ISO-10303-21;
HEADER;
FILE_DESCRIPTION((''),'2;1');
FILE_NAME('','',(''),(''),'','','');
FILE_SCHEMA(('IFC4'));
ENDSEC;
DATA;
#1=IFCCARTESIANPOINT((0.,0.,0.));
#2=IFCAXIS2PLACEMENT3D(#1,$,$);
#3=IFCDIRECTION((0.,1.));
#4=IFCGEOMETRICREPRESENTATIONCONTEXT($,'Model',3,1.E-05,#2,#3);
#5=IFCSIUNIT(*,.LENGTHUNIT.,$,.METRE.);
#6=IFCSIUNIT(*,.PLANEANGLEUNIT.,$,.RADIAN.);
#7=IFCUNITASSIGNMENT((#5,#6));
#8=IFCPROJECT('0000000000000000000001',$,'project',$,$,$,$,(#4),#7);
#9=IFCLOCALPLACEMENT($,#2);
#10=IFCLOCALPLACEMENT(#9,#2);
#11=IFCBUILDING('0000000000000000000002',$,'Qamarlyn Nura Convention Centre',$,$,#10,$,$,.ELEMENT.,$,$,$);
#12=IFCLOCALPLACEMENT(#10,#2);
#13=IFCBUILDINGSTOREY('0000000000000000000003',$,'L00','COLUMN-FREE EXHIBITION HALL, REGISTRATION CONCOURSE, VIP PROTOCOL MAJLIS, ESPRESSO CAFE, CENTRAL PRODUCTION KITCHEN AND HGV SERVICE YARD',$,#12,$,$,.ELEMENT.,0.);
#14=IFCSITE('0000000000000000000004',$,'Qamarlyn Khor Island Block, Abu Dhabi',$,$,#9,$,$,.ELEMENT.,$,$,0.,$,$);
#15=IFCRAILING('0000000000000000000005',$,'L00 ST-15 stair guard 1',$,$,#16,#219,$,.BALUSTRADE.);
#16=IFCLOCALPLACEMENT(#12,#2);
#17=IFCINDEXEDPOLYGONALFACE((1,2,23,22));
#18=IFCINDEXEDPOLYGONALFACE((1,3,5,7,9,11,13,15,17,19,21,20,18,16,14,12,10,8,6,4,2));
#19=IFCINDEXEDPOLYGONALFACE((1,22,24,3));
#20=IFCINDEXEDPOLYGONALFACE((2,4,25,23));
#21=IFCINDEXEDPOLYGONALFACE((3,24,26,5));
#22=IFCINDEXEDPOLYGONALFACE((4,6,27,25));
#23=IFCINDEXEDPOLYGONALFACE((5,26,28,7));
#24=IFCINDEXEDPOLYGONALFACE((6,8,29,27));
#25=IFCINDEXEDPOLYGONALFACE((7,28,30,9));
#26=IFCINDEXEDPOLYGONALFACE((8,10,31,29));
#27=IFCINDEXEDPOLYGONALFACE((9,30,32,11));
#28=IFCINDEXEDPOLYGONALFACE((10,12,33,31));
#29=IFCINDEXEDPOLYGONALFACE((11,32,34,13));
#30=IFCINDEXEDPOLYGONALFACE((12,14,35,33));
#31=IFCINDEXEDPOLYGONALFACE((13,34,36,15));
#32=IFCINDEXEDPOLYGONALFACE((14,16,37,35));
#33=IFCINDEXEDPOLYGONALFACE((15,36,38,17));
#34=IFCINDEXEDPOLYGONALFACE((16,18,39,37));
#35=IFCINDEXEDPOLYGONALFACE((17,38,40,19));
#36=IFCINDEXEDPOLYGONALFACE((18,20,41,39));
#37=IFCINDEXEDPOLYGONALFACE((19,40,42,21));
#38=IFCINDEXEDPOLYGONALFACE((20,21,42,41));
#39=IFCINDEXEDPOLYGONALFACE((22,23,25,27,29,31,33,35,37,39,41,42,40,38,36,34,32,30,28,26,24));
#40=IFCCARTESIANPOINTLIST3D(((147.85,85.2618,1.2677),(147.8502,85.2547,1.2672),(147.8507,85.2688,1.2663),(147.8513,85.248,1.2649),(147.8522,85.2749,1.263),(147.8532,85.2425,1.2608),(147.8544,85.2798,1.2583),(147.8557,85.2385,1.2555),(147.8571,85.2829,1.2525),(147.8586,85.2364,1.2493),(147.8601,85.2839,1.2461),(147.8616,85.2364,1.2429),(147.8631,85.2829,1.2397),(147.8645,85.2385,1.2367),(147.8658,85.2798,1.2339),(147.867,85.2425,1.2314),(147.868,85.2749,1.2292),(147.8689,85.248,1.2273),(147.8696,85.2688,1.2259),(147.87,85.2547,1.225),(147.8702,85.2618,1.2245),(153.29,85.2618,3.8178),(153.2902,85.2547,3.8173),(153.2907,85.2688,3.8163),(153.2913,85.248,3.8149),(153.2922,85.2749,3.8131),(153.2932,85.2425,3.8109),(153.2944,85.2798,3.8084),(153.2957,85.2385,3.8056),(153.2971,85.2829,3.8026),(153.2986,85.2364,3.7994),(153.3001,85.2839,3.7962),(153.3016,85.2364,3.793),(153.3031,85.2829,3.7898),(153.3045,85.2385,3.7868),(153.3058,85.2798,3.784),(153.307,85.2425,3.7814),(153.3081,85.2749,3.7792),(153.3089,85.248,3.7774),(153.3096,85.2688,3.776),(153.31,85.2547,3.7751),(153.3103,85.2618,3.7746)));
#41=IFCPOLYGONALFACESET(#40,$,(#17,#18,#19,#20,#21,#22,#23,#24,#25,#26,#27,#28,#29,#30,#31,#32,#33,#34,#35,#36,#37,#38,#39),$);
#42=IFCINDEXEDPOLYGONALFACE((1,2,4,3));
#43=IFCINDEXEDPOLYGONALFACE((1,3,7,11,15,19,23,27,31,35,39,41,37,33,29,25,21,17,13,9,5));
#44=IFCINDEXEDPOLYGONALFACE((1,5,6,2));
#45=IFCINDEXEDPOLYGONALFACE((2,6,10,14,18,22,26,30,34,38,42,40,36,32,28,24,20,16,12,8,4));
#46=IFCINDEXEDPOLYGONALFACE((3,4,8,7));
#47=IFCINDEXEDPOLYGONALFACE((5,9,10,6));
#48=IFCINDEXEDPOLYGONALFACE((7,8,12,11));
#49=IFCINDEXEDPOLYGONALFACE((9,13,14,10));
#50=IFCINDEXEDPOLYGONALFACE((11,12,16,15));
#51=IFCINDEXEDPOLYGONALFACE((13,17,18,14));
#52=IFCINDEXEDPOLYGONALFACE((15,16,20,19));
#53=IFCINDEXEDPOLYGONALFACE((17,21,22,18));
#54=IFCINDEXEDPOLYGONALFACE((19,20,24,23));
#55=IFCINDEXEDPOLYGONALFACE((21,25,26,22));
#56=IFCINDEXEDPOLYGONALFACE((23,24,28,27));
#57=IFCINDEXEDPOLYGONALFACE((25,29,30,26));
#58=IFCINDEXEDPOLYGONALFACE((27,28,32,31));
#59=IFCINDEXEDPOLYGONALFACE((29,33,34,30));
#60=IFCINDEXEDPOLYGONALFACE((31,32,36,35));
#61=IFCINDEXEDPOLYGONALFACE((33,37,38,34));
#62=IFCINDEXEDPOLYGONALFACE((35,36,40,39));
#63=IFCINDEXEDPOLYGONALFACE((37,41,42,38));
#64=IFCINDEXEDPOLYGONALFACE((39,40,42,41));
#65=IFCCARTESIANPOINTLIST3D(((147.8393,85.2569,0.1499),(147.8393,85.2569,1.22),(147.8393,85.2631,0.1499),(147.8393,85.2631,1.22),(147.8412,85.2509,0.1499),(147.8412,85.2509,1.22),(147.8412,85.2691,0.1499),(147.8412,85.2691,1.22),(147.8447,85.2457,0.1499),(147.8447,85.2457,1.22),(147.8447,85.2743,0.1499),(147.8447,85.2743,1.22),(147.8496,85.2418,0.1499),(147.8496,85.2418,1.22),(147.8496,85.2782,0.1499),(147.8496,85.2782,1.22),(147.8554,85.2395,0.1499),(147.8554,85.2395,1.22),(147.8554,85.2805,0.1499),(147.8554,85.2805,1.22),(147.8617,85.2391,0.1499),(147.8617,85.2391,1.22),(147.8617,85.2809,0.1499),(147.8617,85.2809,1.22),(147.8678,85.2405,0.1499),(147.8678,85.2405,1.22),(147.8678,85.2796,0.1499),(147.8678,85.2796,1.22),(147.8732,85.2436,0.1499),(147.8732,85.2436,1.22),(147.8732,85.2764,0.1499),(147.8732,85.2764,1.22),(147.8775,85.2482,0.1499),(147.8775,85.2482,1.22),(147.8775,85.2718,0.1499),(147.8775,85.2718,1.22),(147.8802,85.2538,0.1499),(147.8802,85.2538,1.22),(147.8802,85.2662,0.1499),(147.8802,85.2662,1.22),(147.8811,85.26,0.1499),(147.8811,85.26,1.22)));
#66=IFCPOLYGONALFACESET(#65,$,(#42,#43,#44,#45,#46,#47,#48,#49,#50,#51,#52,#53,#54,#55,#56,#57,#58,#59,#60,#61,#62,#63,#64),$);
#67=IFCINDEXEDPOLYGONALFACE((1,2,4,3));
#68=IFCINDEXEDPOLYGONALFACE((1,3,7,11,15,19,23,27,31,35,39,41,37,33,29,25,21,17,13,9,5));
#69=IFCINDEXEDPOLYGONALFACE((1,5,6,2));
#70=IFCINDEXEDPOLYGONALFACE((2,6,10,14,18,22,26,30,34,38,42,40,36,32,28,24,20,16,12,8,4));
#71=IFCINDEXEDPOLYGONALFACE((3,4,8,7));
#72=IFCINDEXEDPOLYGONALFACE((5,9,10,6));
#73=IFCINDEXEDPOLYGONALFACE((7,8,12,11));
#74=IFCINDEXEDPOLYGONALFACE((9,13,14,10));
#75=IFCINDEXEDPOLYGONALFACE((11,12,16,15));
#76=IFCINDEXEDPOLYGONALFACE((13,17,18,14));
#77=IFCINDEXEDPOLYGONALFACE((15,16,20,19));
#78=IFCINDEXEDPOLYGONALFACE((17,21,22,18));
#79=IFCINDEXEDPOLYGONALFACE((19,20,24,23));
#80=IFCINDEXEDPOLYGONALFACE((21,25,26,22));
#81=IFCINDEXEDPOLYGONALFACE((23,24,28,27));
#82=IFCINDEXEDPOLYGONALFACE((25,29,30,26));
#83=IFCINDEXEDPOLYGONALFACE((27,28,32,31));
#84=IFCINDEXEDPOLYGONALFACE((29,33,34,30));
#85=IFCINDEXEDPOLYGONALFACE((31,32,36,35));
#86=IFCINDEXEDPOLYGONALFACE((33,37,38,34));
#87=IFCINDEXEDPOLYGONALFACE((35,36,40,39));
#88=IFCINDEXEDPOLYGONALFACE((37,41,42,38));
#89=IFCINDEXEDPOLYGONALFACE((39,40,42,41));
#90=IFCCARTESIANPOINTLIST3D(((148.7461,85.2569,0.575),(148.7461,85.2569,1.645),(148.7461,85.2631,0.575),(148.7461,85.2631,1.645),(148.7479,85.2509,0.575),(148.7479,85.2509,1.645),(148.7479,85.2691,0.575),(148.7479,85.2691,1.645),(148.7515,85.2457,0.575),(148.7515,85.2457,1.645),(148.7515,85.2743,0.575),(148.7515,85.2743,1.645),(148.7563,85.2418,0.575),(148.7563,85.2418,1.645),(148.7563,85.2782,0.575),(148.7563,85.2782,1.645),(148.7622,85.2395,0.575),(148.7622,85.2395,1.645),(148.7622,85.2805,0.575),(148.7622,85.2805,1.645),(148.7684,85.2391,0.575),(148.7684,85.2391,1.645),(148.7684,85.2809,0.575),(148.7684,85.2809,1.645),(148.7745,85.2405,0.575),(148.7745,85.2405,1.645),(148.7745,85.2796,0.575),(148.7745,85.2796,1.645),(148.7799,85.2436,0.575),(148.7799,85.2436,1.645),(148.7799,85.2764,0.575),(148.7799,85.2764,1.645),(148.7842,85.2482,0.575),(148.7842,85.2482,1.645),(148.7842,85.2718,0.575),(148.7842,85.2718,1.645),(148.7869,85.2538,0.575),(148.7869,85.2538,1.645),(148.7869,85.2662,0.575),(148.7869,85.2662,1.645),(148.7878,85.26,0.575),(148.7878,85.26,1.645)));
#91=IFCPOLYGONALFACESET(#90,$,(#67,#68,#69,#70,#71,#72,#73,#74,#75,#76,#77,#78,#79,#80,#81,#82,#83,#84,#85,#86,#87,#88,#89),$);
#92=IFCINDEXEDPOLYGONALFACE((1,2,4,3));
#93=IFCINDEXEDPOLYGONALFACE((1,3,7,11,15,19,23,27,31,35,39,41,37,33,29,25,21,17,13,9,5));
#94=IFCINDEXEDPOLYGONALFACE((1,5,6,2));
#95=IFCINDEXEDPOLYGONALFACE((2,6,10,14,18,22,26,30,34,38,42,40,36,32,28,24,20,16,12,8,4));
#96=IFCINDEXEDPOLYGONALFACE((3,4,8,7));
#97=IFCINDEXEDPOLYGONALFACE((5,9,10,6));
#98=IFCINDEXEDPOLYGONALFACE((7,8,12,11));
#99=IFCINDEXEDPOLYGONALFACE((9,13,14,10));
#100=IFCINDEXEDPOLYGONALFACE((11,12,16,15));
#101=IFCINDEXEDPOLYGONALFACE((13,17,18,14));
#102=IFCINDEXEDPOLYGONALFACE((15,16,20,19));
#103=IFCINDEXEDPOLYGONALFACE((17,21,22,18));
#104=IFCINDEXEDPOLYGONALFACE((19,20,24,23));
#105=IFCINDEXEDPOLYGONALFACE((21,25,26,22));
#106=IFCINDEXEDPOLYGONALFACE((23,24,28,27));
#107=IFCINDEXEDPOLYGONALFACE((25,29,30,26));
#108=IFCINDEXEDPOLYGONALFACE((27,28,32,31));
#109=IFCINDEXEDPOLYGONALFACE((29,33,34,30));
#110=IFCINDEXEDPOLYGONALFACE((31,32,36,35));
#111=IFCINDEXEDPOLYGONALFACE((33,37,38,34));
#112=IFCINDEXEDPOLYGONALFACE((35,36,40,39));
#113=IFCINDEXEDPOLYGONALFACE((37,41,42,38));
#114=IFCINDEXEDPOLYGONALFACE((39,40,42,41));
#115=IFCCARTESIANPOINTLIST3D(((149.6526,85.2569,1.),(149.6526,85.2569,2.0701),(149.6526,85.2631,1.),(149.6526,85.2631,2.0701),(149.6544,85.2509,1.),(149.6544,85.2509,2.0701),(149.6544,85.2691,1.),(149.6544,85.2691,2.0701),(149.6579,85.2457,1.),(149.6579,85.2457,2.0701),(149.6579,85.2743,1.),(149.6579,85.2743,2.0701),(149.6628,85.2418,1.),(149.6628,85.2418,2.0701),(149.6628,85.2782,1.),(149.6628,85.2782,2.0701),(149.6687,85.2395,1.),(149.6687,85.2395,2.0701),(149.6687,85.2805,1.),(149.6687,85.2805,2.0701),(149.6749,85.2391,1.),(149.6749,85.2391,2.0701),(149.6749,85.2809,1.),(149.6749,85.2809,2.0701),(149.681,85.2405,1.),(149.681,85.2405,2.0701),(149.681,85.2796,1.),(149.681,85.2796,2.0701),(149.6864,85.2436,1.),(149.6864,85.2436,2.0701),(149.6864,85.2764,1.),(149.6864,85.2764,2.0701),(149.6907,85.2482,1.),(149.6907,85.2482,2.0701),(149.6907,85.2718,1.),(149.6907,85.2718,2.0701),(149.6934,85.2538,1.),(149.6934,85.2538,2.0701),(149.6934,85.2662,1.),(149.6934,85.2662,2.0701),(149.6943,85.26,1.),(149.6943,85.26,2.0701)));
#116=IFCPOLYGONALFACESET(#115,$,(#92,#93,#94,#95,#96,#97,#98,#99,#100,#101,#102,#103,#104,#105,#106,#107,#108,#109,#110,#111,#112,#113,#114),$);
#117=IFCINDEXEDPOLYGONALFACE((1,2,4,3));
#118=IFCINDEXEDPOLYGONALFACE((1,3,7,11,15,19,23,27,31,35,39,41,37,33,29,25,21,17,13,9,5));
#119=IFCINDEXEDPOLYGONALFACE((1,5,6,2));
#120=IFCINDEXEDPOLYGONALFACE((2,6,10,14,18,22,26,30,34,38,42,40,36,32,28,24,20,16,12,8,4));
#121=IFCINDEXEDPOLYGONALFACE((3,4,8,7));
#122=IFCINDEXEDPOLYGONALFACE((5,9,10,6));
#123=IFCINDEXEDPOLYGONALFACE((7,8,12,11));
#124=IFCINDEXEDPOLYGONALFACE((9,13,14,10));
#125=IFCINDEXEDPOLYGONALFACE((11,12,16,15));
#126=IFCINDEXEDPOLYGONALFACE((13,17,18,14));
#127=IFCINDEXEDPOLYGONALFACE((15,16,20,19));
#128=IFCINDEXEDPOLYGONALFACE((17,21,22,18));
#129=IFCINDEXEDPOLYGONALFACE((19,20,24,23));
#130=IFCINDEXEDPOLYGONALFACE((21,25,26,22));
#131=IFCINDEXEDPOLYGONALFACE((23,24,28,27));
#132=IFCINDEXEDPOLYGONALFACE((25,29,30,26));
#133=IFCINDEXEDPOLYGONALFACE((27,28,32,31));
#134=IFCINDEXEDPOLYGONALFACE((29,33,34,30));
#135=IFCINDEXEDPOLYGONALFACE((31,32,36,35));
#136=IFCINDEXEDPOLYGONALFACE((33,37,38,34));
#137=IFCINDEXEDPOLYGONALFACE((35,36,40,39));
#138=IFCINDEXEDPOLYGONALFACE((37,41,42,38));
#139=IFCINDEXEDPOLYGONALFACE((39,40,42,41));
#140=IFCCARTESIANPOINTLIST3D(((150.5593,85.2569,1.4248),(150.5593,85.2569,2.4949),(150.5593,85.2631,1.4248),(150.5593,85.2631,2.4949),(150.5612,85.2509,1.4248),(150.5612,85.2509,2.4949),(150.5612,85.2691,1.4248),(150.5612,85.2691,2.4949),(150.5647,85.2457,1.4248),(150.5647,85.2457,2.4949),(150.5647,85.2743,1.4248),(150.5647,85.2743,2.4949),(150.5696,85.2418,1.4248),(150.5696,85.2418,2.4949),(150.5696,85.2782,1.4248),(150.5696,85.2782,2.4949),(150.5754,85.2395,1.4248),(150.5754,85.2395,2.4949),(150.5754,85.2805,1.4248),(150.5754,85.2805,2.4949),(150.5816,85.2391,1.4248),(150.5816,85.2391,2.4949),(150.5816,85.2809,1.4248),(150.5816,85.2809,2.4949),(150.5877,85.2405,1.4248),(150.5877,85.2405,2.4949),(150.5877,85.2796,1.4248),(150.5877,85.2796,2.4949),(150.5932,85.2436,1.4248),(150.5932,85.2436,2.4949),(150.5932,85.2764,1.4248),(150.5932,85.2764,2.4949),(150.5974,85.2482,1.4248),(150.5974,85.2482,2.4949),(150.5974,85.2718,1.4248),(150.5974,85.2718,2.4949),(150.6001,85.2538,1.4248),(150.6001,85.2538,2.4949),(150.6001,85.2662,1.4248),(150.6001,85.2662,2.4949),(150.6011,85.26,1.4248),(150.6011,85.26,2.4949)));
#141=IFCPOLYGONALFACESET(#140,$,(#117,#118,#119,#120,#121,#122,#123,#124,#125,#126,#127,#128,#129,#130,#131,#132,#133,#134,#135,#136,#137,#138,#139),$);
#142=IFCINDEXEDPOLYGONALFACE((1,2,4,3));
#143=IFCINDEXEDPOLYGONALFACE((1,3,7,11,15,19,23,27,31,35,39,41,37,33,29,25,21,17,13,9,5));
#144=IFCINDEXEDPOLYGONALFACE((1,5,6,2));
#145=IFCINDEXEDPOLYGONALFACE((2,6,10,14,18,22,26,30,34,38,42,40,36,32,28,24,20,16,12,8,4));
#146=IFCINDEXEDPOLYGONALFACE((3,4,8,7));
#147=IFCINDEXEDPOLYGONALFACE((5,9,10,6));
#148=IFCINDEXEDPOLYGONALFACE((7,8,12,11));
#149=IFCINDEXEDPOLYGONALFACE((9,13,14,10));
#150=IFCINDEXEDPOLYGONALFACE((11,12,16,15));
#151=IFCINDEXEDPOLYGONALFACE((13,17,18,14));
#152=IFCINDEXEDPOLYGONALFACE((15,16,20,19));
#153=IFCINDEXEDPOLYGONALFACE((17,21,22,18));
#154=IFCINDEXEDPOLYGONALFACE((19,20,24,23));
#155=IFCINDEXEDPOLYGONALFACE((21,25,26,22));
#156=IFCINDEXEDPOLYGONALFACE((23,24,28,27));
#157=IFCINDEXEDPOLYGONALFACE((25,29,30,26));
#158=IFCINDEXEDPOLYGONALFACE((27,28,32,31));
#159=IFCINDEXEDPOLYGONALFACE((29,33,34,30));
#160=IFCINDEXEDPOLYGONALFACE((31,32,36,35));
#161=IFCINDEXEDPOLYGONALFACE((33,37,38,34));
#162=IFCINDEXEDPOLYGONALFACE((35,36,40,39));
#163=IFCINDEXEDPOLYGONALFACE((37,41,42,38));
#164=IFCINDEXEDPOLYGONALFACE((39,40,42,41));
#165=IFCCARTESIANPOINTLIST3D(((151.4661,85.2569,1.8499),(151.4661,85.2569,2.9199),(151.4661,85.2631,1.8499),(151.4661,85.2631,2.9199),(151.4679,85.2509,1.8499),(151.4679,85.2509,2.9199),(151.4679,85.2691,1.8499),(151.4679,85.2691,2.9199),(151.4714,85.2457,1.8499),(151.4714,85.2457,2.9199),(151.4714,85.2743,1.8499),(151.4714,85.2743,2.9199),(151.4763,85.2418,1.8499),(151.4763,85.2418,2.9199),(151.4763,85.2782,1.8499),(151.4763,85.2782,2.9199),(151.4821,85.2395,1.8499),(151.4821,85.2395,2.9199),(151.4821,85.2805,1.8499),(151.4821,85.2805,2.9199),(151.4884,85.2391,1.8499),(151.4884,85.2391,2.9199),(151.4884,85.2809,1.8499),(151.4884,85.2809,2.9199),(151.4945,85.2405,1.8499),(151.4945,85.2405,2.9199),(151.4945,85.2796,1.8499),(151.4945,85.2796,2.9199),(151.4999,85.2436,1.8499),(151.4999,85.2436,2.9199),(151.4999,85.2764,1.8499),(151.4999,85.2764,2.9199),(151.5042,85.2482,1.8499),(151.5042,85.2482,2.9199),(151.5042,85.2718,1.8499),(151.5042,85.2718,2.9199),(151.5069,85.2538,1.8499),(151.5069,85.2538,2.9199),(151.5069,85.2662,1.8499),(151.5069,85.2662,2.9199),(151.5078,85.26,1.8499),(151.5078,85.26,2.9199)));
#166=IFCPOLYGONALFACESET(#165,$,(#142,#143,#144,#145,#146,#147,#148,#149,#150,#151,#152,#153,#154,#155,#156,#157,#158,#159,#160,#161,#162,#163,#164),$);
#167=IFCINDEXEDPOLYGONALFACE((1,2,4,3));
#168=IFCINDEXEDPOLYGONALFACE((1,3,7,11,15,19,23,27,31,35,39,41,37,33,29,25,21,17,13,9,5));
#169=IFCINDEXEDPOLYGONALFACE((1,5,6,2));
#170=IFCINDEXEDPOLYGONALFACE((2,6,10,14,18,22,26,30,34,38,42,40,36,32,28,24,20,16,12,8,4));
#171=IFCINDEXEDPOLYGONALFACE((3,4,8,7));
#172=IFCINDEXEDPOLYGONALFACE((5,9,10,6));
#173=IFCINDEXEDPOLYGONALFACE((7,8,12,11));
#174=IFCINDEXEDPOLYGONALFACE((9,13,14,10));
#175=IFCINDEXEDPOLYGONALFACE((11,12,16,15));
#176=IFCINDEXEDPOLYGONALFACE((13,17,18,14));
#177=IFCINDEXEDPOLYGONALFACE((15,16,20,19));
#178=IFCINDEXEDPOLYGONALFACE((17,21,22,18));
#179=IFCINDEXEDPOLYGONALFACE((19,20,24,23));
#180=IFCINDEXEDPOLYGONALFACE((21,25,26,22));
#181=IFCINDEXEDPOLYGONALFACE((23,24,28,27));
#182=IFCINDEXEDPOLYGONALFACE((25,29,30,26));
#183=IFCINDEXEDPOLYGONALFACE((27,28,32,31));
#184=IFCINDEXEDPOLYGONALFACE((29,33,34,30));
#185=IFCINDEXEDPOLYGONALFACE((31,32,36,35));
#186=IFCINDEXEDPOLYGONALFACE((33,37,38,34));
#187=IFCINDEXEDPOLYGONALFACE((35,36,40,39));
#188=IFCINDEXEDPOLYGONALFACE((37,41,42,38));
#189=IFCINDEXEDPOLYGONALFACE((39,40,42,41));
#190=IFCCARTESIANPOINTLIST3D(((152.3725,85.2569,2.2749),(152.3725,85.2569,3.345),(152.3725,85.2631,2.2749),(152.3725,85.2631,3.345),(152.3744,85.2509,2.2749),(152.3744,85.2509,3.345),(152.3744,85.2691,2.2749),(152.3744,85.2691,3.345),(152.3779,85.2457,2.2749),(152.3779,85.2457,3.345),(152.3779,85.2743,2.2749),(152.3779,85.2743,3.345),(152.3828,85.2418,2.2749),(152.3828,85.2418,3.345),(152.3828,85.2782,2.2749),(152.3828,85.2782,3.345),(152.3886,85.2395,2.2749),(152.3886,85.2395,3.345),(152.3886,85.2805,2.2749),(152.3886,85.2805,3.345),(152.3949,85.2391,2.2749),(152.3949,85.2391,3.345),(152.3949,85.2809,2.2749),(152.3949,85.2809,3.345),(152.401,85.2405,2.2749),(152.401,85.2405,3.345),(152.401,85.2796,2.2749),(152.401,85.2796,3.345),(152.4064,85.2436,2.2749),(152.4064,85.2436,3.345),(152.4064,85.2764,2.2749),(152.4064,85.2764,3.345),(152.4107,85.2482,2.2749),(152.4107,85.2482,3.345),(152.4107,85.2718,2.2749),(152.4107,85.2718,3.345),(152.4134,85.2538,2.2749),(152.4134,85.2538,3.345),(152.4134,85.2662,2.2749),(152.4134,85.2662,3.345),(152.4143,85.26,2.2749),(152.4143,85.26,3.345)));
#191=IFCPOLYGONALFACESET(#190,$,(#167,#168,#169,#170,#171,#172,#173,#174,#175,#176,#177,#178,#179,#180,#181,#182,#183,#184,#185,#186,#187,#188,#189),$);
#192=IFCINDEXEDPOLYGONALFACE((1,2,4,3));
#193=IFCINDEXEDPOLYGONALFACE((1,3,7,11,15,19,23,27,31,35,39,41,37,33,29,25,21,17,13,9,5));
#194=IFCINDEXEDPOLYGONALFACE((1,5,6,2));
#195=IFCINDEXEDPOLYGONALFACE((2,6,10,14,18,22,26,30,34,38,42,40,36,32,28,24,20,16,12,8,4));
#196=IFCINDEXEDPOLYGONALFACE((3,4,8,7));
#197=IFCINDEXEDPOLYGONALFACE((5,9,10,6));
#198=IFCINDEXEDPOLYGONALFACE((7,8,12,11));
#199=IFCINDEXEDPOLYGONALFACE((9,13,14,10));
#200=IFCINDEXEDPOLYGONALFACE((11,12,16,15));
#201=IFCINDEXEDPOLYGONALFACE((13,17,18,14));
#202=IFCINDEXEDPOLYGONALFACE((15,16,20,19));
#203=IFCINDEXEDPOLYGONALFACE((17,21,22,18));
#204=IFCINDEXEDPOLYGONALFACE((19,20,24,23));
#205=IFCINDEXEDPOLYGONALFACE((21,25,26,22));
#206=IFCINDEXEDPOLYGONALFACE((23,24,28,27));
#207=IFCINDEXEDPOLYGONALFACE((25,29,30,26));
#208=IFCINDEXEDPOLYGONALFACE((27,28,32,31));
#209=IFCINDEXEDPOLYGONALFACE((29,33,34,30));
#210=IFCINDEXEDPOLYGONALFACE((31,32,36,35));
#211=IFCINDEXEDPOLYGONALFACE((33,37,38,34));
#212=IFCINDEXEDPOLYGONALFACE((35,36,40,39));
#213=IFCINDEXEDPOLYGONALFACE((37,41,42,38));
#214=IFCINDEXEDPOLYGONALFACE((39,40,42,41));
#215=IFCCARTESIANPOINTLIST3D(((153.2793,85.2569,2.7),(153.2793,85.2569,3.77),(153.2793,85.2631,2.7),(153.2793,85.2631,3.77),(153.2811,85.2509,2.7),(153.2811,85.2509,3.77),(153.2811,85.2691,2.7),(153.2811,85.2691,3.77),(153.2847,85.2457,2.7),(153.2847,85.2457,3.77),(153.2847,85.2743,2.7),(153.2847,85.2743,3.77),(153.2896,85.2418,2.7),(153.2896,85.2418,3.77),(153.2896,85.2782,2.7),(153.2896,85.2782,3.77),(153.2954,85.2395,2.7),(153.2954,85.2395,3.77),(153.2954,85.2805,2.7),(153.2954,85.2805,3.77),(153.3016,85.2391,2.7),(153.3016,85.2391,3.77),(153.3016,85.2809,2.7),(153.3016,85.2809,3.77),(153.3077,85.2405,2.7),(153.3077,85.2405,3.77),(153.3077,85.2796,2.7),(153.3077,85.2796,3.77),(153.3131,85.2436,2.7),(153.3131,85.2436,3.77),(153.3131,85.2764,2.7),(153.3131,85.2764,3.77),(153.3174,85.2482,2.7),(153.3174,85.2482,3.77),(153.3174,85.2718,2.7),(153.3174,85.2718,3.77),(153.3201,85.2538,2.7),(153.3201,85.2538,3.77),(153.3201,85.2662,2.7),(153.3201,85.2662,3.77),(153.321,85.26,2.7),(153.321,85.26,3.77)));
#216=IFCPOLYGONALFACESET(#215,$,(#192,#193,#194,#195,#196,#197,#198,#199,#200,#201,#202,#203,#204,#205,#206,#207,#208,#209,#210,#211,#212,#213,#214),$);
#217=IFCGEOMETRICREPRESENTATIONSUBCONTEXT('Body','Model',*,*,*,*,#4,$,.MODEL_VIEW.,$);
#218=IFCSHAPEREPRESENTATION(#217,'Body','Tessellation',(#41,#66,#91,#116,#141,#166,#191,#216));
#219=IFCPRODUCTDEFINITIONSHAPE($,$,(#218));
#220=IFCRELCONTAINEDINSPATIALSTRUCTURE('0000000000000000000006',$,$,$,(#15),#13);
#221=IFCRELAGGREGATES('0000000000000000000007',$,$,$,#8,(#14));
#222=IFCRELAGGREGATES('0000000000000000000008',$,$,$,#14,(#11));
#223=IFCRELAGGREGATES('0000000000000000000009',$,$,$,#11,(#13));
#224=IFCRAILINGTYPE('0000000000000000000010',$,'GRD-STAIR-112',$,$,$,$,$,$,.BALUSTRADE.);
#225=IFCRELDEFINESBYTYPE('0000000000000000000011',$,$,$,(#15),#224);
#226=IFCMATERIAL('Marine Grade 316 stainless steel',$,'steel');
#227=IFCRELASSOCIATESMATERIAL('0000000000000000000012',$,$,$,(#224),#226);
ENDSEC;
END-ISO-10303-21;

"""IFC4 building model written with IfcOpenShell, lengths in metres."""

from ifc_helpers import new_model, si_unit, direction, frame, origin, origin_2d, place, context, subcontext, project, spatial, circle, extrude, material, type_object, element, save


model = new_model("IFC4")

# Units and contexts
model_context = context("Model", 3, precision=1e-05, world=origin(), true_north=direction((0.0, 1.0)))
body_context = subcontext(model_context, "Body", "Model", "MODEL_VIEW")
ifc_project = project(units=[si_unit("LENGTHUNIT", "METRE"), si_unit("PLANEANGLEUNIT", "RADIAN")], contexts=[model_context])

# Site, building, storey
site_placement = place(None, origin())
site = spatial("IfcSite", under=ifc_project, at=site_placement, Name="Qamarlyn Khor Island Block, Abu Dhabi", CompositionType="ELEMENT", RefElevation=0.0)
building_placement = place(site_placement, origin())
building = spatial("IfcBuilding", under=site, at=building_placement, Name="Qamarlyn Nura Convention Centre", CompositionType="ELEMENT")
storey_placement = place(building_placement, origin())
storey = spatial("IfcBuildingStorey", under=building, at=storey_placement, Name="L00", Description="COLUMN-FREE EXHIBITION HALL, REGISTRATION CONCOURSE, VIP PROTOCOL MAJLIS, ESPRESSO CAFE, CENTRAL PRODUCTION KITCHEN AND HGV SERVICE YARD", CompositionType="ELEMENT", Elevation=0.0)

# Railing
ifc_material_1 = material(Name="Marine Grade 316 stainless steel", Category="steel")
railing_type_1 = type_object("IfcRailingType", Name="GRD-STAIR-112", PredefinedType="BALUSTRADE", material=ifc_material_1)
railing_1_placement = place(storey_placement, frame((147.8601, 85.26, 0.1499)))
element("IfcRailing", 1, at=railing_1_placement, inside=storey, type_object=railing_type_1, Name="L00 ST-15 stair guard 1", PredefinedType="BALUSTRADE", context=body_context, shape_type="SweptSolid", body=[
    extrude(circle(Radius=0.0239, at=origin_2d()), frame((0.0, 0.0, 1.0962), z_axis=(0.905454, 0.0, 0.424444), x_axis=(0.0, 1.0, 0.0)), (0.0, 0.0, 1.0), 6.0081),
    extrude(circle(Radius=0.021, at=origin_2d()), origin(), (0.0, 0.0, 1.0), 1.0701),
    extrude(circle(Radius=0.021, at=origin_2d()), frame((0.9067, 0.0, 0.425)), (0.0, 0.0, 1.0), 1.0701),
    extrude(circle(Radius=0.021, at=origin_2d()), frame((1.8132, 0.0, 0.8501)), (0.0, 0.0, 1.0), 1.0701),
    extrude(circle(Radius=0.021, at=origin_2d()), frame((2.72, 0.0, 1.2749)), (0.0, 0.0, 1.0), 1.0701),
    extrude(circle(Radius=0.021, at=origin_2d()), frame((3.6267, 0.0, 1.7)), (0.0, 0.0, 1.0), 1.0701),
    extrude(circle(Radius=0.021, at=origin_2d()), frame((4.5332, 0.0, 2.125)), (0.0, 0.0, 1.0), 1.0701),
    extrude(circle(Radius=0.021, at=origin_2d()), frame((5.4399, 0.0, 2.55)), (0.0, 0.0, 1.0), 1.0701),
])

save(model, "model.ifc")
